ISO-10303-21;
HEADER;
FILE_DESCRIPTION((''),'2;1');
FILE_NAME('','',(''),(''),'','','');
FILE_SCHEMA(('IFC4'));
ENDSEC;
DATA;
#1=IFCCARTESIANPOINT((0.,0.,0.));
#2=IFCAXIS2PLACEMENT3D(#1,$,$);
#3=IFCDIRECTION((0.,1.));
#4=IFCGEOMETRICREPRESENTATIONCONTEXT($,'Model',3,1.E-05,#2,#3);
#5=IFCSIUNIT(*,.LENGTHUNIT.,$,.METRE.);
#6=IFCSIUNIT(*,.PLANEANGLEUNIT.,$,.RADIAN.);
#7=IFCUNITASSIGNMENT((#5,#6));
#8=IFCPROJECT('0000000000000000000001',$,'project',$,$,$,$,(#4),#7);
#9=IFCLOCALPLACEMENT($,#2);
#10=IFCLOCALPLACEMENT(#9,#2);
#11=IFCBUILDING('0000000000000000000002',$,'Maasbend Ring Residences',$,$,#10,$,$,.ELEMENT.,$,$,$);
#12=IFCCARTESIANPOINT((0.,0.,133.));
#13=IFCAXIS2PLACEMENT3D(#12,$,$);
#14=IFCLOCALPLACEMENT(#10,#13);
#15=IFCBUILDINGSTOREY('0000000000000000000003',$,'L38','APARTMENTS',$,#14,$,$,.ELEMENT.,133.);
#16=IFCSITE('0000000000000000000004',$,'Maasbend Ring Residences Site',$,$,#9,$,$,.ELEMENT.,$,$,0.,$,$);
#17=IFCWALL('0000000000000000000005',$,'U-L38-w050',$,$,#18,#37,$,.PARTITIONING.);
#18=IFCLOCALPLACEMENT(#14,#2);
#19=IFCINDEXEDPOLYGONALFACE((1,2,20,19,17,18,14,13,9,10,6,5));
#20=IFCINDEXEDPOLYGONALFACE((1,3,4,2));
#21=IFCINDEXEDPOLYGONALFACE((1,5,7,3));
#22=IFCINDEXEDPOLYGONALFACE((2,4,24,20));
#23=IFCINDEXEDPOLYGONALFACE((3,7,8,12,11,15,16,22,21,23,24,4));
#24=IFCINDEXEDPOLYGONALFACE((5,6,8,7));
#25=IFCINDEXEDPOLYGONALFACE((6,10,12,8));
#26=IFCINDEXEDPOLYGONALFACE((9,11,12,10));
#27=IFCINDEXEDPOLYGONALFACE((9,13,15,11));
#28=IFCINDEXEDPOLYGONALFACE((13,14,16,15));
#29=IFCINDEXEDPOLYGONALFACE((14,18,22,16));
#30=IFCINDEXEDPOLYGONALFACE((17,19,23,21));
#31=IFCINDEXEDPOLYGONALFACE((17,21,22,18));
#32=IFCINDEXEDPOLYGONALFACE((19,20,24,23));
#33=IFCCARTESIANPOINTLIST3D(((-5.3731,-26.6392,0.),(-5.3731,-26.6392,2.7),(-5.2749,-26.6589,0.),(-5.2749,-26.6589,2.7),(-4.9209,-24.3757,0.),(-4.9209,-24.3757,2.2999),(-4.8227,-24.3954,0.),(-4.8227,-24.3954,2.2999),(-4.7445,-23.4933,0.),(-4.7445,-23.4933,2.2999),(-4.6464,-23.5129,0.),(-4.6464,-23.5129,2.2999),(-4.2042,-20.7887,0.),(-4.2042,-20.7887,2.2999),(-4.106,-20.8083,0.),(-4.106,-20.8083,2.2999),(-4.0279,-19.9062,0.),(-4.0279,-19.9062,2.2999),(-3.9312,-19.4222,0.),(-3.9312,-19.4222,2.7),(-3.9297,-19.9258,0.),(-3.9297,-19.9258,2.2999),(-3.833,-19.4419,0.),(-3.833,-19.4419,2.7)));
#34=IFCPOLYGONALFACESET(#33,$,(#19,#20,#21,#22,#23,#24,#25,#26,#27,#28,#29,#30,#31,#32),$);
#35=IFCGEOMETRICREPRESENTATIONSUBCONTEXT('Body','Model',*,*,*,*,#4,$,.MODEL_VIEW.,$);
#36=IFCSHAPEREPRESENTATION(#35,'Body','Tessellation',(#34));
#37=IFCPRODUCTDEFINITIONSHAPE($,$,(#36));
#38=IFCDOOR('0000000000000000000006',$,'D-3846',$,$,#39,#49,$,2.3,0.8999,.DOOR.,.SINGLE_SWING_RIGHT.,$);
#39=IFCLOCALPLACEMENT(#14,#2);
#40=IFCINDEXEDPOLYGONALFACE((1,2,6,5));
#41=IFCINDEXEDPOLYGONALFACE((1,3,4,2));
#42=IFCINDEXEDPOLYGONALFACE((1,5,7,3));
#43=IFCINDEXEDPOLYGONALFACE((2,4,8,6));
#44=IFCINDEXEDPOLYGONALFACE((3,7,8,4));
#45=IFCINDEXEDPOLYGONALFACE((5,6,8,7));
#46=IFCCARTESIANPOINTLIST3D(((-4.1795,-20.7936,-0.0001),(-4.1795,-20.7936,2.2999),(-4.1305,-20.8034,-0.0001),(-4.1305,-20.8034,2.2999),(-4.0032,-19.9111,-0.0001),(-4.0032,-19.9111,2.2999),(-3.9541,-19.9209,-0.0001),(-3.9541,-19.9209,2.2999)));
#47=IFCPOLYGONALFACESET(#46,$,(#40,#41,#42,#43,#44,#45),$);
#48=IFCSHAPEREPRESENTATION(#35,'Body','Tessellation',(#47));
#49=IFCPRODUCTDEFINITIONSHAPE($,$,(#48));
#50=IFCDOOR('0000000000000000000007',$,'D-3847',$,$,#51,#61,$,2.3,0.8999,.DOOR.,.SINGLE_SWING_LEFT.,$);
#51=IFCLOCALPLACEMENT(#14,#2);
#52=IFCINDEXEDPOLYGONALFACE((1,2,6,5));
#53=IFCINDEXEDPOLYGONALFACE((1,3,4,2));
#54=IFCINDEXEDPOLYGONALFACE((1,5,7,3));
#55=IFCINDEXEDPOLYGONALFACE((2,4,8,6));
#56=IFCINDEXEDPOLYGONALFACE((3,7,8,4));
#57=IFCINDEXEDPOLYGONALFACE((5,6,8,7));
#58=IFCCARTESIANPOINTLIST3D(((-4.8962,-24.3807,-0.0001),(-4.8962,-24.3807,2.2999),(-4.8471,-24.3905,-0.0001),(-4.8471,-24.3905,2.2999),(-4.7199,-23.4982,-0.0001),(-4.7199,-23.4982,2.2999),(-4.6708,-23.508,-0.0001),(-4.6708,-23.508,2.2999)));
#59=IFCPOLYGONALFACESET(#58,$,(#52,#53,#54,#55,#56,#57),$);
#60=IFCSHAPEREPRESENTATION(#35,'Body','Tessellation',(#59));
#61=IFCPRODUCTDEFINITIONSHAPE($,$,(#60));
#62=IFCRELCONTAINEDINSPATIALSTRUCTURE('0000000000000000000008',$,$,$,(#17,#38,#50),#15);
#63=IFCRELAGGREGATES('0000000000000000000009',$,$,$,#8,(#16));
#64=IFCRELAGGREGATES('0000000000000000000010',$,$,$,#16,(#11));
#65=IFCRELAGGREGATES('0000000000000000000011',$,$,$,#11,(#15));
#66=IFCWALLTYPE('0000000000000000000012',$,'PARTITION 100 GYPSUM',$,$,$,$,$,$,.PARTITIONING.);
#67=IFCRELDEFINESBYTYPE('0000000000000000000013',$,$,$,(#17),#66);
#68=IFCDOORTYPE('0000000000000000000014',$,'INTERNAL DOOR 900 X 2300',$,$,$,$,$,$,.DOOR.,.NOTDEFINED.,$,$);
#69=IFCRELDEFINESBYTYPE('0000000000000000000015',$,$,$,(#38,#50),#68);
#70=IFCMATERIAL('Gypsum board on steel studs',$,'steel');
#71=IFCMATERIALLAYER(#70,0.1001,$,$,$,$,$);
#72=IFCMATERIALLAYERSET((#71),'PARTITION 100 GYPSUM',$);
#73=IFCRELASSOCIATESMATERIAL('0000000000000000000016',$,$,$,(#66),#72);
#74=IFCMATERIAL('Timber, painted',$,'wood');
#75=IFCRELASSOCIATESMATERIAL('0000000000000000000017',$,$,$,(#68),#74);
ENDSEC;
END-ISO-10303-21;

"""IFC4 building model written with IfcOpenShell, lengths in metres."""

from ifc_helpers import new_model, si_unit, direction, frame, frame_2d, origin, place, context, subcontext, project, spatial, rectangle, extrude, material, layer, layer_set, type_object, element, fill, save


model = new_model("IFC4")

# Units and contexts
model_context = context("Model", 3, precision=1e-05, world=origin(), true_north=direction((0.0, 1.0)))
body_context = subcontext(model_context, "Body", "Model", "MODEL_VIEW")
ifc_project = project(units=[si_unit("LENGTHUNIT", "METRE"), si_unit("PLANEANGLEUNIT", "RADIAN")], contexts=[model_context])

# Site, building, storey
site_placement = place(None, origin())
site = spatial("IfcSite", under=ifc_project, at=site_placement, Name="Maasbend Ring Residences Site", CompositionType="ELEMENT", RefElevation=0.0)
building_placement = place(site_placement, origin())
building = spatial("IfcBuilding", under=site, at=building_placement, Name="Maasbend Ring Residences", CompositionType="ELEMENT")
storey_placement = place(building_placement, frame((0.0, 0.0, 133.0)))
storey = spatial("IfcBuildingStorey", under=building, at=storey_placement, Name="L38", Description="APARTMENTS", CompositionType="ELEMENT", Elevation=133.0)

# Shared definitions
ifc_material_1 = material(Name="Gypsum board on steel studs", Category="steel")
ifc_layer_1 = layer(ifc_material_1, 0.1001)
ifc_layer_set_1 = layer_set([ifc_layer_1], Name="PARTITION 100 GYPSUM")
wall_type_1 = type_object("IfcWallType", Name="PARTITION 100 GYPSUM", PredefinedType="PARTITIONING", material=ifc_layer_set_1)
ifc_material_2 = material(Name="Timber, painted", Category="wood")
door_type_1 = type_object("IfcDoorType", Name="INTERNAL DOOR 900 X 2300", OperationType="NOTDEFINED", PredefinedType="DOOR", material=ifc_material_2)

# Wall, openings, doors
wall_1_placement = place(storey_placement, frame((-5.324, -26.6489, 0.0), z_axis=(0.0, 0.0, 1.0), x_axis=(0.195918, 0.98062, 0.0)))
wall_1 = element("IfcWall", 1, at=wall_1_placement, inside=storey, type_object=wall_type_1, Name="U-L38-w050", PredefinedType="PARTITIONING", context=body_context, shape_type="SweptSolid", body=[
    extrude(rectangle(XDim=7.3596, YDim=0.1001, at=frame_2d((3.6797, 0.0))), origin(), (0.0, 0.0, 1.0), 2.7),
])
opening_1_placement = place(wall_1_placement, frame((5.9661, 0.0, 0.0)))
opening_1 = element("IfcOpeningElement", 2, at=opening_1_placement, cuts=wall_1, PredefinedType="OPENING", context=body_context, shape_type="SweptSolid", body=[
    extrude(rectangle(XDim=0.8999, YDim=2.3, at=frame_2d((0.45, 1.1499))), frame((0.0, 0.0601, 0.0), z_axis=(0.0, -1.0, 0.0), x_axis=(1.0, 0.0, 0.0)), (0.0, 0.0, 1.0), 0.1201),
])
opening_2_placement = place(wall_1_placement, frame((2.3081, 0.0, 0.0)))
opening_2 = element("IfcOpeningElement", 3, at=opening_2_placement, cuts=wall_1, PredefinedType="OPENING", context=body_context, shape_type="SweptSolid", body=[
    extrude(rectangle(XDim=0.8999, YDim=2.3, at=frame_2d((0.45, 1.1499))), frame((0.0, 0.0601, 0.0), z_axis=(0.0, -1.0, 0.0), x_axis=(1.0, 0.0, 0.0)), (0.0, 0.0, 1.0), 0.1201),
])
door_1_placement = place(opening_1_placement, origin())
door_1 = element("IfcDoor", 4, at=door_1_placement, inside=storey, type_object=door_type_1, Name="D-3846", OperationType="SINGLE_SWING_RIGHT", OverallHeight=2.3, OverallWidth=0.8999, PredefinedType="DOOR", context=body_context, shape_type="SweptSolid", body=[
    extrude(rectangle(XDim=0.8999, YDim=2.3, at=frame_2d((0.45, 1.1499))), frame((0.0, 0.0249, 0.0), z_axis=(0.0, -1.0, 0.0), x_axis=(1.0, 0.0, 0.0)), (0.0, 0.0, 1.0), 0.05),
])
fill(opening_1, door_1)
door_2_placement = place(opening_2_placement, origin())
door_2 = element("IfcDoor", 5, at=door_2_placement, inside=storey, type_object=door_type_1, Name="D-3847", OperationType="SINGLE_SWING_LEFT", OverallHeight=2.3, OverallWidth=0.8999, PredefinedType="DOOR", context=body_context, shape_type="SweptSolid", body=[
    extrude(rectangle(XDim=0.8999, YDim=2.3, at=frame_2d((0.45, 1.1499))), frame((0.0, 0.0249, 0.0), z_axis=(0.0, -1.0, 0.0), x_axis=(1.0, 0.0, 0.0)), (0.0, 0.0, 1.0), 0.05),
])
fill(opening_2, door_2)

save(model, "model.ifc")
